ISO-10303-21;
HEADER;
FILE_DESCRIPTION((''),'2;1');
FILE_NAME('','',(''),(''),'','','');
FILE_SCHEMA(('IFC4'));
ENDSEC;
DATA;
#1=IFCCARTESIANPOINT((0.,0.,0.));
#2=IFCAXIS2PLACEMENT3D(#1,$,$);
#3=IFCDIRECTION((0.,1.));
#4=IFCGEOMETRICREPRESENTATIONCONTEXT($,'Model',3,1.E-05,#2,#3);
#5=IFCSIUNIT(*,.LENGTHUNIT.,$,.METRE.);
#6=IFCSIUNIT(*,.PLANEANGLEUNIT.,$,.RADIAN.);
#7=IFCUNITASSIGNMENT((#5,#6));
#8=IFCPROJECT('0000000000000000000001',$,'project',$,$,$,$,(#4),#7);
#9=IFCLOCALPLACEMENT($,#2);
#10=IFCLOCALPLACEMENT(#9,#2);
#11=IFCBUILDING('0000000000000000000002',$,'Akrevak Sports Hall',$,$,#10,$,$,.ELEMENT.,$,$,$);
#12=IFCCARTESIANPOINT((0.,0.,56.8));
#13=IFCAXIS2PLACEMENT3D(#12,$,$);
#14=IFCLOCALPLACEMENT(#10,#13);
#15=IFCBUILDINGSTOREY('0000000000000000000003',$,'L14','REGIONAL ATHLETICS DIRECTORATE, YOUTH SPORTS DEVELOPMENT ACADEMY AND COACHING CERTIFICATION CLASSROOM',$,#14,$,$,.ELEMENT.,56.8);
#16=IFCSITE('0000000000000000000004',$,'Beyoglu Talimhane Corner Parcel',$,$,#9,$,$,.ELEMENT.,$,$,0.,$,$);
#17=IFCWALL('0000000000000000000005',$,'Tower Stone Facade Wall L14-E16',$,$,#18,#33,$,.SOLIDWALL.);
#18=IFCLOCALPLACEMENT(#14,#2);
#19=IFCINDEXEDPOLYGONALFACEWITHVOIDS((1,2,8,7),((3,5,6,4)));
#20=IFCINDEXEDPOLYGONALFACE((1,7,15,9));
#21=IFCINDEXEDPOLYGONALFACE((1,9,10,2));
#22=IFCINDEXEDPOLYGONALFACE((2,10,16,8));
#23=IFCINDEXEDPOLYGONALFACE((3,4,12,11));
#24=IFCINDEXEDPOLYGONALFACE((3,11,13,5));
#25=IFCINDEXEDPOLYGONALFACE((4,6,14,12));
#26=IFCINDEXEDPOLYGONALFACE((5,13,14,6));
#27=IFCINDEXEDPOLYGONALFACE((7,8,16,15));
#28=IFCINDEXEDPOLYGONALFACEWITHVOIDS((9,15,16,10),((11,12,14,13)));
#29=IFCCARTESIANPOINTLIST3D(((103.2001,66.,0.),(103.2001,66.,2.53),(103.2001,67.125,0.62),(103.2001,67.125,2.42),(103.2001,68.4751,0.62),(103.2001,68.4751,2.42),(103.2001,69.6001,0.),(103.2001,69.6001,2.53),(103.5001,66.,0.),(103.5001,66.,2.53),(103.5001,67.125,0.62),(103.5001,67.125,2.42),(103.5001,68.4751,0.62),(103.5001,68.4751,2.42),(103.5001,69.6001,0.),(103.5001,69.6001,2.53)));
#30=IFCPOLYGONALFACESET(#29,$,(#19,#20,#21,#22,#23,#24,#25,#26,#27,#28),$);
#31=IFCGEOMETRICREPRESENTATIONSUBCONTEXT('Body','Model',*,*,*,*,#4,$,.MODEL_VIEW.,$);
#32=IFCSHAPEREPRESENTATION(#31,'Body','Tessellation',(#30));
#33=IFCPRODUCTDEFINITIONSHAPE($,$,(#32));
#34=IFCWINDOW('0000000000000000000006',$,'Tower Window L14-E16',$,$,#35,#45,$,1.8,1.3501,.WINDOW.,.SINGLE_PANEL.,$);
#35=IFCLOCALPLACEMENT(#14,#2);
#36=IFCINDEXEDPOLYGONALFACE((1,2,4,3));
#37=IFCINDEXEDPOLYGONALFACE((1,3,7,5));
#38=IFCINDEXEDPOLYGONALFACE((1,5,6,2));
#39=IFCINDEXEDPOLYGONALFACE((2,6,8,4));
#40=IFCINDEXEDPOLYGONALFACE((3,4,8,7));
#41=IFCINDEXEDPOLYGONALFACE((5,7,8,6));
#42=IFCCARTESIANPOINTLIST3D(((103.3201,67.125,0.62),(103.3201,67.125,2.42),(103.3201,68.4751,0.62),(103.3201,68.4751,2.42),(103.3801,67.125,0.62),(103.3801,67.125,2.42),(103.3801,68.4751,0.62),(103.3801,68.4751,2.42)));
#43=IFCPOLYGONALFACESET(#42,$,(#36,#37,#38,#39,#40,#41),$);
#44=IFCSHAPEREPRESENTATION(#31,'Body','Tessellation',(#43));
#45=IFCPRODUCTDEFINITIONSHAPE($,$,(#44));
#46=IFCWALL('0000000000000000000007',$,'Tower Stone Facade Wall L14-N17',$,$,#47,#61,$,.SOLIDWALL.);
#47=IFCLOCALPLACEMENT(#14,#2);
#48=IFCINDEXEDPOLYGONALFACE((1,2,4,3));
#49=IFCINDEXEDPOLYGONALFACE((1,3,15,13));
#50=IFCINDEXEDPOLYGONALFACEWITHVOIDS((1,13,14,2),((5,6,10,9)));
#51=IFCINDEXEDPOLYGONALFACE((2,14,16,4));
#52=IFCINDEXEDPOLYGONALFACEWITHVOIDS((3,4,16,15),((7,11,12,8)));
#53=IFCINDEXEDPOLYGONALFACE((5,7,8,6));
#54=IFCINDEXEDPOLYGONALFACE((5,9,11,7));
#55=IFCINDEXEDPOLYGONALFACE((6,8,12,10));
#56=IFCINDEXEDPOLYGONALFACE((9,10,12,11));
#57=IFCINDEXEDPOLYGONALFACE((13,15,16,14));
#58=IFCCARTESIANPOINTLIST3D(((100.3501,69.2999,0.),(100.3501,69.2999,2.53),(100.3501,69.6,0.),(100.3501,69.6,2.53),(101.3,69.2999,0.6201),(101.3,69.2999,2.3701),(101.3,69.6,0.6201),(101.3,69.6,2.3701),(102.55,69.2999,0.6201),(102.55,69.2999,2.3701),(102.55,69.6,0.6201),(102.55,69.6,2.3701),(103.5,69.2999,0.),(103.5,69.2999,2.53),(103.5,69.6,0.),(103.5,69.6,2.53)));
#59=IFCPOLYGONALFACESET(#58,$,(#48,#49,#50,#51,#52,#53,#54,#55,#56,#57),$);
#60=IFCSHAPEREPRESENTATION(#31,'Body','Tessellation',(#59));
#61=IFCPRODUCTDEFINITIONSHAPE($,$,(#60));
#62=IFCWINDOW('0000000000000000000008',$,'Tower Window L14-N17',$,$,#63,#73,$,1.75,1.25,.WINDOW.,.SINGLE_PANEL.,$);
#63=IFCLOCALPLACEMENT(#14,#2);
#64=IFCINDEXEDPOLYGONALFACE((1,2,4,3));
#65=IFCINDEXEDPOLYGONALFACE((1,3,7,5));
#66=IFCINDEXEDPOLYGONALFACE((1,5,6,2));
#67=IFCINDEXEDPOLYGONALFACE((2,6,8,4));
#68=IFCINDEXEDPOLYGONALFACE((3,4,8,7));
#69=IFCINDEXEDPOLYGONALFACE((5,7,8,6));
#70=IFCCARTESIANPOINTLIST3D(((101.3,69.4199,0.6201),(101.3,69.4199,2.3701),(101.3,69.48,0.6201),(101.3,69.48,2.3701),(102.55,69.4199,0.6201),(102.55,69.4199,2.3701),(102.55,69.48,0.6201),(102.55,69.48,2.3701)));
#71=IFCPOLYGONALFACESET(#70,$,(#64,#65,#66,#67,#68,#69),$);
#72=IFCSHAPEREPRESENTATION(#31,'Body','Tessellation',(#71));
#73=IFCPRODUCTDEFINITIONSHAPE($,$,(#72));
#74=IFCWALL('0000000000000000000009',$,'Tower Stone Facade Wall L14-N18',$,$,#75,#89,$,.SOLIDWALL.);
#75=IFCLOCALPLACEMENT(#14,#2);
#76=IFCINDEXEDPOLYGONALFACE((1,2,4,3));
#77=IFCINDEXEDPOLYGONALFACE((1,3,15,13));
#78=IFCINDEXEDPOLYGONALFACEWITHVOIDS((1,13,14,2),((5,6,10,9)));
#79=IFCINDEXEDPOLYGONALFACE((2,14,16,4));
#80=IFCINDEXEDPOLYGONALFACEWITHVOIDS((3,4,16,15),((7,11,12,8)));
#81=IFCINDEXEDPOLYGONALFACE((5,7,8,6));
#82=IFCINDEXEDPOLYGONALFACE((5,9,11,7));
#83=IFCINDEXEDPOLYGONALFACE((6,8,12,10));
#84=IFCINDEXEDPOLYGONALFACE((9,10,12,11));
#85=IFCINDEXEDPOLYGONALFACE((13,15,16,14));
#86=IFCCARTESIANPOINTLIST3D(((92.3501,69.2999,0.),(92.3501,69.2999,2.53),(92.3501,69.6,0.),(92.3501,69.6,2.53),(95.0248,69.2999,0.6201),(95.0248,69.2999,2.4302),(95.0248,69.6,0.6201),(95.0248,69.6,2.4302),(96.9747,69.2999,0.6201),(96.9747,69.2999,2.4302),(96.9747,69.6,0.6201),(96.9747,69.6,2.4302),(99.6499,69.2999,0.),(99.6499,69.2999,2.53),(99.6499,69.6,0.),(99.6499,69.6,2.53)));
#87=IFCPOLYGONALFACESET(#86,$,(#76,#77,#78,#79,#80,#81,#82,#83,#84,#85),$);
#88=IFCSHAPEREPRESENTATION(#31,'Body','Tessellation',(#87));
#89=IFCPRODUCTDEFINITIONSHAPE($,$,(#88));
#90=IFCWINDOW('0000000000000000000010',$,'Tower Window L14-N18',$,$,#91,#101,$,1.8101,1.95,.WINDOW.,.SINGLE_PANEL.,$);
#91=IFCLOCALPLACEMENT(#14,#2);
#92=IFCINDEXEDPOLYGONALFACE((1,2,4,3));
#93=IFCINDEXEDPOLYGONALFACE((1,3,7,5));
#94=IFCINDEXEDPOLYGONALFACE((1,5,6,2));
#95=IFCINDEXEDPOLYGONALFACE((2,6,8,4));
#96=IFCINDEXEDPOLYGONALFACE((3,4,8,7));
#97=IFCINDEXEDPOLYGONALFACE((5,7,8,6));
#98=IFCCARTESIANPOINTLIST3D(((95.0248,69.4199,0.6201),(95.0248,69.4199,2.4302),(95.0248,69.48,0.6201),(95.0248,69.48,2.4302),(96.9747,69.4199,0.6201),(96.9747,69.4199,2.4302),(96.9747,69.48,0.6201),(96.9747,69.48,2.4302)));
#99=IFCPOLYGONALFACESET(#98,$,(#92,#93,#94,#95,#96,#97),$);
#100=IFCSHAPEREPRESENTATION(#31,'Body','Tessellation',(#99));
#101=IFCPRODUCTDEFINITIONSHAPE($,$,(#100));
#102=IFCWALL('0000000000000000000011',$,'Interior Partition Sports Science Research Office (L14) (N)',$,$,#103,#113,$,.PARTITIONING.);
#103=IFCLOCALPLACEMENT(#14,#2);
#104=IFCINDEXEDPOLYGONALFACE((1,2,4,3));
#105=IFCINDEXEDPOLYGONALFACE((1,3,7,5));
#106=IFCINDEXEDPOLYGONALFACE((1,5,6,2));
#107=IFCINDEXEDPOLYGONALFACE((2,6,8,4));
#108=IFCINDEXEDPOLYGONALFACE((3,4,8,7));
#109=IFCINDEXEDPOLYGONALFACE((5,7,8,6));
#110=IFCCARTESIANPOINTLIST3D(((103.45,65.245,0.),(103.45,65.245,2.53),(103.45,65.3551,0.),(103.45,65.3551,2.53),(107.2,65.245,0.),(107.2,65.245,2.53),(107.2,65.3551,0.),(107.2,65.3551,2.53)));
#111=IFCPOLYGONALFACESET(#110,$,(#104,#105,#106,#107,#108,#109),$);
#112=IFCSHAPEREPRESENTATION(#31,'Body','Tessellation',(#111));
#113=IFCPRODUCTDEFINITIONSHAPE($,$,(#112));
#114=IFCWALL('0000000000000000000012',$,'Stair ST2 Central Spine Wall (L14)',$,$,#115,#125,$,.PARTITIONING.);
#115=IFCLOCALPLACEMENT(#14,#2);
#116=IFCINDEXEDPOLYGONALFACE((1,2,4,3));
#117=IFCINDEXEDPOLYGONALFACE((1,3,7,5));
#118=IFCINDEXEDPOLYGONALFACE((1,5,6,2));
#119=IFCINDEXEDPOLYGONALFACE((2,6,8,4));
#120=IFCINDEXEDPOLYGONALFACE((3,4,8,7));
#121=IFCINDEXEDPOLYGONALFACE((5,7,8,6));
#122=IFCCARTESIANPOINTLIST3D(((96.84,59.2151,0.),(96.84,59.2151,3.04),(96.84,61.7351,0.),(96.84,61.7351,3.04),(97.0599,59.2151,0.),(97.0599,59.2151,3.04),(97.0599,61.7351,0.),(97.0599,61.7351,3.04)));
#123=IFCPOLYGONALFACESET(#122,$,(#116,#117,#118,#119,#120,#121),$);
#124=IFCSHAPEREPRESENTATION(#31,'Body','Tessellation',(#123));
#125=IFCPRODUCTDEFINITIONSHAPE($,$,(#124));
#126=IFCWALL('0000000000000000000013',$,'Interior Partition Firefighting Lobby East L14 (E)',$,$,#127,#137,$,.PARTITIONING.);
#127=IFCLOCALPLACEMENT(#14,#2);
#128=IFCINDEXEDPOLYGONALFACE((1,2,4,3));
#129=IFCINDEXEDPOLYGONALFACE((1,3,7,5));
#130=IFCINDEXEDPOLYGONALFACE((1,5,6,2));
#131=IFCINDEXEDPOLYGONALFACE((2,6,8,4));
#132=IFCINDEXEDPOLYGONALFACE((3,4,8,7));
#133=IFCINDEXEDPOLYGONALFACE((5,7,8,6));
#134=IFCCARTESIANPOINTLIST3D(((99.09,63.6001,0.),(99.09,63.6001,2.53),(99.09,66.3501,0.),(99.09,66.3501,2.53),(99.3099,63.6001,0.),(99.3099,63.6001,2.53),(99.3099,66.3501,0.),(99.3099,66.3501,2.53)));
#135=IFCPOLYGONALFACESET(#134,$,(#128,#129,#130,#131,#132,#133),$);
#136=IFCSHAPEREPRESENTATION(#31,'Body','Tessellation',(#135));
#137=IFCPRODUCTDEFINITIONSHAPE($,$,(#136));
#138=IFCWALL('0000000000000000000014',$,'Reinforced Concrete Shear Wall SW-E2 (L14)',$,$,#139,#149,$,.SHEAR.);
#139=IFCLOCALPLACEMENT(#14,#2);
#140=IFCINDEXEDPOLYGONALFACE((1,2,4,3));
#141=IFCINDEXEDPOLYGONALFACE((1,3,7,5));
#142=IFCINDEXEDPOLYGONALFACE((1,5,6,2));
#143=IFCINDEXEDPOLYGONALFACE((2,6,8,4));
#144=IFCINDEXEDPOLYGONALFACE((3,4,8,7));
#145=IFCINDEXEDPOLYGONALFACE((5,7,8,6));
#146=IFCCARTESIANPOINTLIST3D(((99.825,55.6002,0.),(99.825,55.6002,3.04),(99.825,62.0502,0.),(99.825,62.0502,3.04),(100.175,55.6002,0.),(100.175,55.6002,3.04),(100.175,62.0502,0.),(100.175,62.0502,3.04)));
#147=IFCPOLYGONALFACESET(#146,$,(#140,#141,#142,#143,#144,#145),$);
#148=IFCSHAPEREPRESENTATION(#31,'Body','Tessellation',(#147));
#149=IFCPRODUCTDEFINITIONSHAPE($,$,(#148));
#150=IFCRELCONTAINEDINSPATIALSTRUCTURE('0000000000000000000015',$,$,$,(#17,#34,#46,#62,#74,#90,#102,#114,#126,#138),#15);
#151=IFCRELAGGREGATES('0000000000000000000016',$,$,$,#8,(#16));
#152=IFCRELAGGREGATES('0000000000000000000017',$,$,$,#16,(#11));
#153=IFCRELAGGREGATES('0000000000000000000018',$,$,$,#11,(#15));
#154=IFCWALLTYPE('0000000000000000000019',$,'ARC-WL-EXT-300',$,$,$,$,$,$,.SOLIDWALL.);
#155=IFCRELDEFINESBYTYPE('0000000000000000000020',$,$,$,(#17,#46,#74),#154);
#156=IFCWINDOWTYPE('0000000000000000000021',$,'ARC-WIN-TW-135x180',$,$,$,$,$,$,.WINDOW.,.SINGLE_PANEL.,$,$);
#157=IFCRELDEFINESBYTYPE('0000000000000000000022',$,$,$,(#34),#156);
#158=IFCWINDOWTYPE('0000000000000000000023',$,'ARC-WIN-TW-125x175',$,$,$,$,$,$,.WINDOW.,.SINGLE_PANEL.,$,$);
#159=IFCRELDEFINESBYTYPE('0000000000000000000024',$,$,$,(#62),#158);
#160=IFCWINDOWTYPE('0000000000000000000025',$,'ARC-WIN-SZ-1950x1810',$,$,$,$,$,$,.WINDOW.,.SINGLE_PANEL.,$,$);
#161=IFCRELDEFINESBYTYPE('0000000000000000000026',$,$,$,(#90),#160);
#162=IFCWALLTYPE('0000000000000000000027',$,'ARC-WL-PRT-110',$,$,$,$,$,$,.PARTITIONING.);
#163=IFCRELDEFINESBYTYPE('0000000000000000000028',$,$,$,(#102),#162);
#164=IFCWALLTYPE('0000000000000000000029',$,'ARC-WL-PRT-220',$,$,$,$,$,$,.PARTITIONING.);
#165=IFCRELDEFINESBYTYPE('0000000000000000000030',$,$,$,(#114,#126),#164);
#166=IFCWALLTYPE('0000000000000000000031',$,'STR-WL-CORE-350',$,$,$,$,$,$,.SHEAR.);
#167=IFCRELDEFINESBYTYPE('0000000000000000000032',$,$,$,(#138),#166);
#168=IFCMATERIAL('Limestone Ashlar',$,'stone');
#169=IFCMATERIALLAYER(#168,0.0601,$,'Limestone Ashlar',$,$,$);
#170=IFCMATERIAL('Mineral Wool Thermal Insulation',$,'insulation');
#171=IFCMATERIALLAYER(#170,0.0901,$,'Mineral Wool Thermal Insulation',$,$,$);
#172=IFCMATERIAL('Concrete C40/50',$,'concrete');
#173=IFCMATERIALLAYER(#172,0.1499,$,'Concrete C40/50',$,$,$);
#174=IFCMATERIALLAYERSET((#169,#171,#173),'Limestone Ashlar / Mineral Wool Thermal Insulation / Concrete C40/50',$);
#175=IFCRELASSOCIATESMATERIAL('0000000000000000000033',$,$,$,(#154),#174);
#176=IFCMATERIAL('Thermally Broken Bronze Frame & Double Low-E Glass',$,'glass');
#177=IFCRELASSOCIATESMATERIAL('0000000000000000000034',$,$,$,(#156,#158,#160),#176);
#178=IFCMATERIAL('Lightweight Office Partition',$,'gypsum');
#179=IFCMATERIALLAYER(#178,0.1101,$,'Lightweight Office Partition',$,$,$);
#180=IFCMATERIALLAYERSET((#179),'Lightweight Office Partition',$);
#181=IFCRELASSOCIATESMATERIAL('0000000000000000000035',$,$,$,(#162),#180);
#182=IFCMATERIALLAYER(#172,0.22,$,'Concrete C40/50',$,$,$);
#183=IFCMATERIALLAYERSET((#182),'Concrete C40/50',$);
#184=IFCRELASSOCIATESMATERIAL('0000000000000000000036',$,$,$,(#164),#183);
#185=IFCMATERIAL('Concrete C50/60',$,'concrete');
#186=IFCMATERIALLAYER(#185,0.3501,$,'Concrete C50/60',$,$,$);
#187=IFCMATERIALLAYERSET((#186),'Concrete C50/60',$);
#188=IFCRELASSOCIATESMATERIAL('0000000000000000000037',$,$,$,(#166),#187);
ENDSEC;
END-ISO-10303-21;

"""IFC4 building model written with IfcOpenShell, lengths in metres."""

from ifc_helpers import new_model, si_unit, direction, frame, frame_2d, origin, place, context, subcontext, project, spatial, rectangle, extrude, material, layer, layer_set, type_object, element, fill, save


model = new_model("IFC4")

# Units and contexts
model_context = context("Model", 3, precision=1e-05, world=origin(), true_north=direction((0.0, 1.0)))
body_context = subcontext(model_context, "Body", "Model", "MODEL_VIEW")
ifc_project = project(units=[si_unit("LENGTHUNIT", "METRE"), si_unit("PLANEANGLEUNIT", "RADIAN")], contexts=[model_context])

# Site, building, storey
site_placement = place(None, origin())
site = spatial("IfcSite", under=ifc_project, at=site_placement, Name="Beyoglu Talimhane Corner Parcel", CompositionType="ELEMENT", RefElevation=0.0)
building_placement = place(site_placement, origin())
building = spatial("IfcBuilding", under=site, at=building_placement, Name="Akrevak Sports Hall", CompositionType="ELEMENT")
storey_placement = place(building_placement, frame((0.0, 0.0, 56.8)))
storey = spatial("IfcBuildingStorey", under=building, at=storey_placement, Name="L14", Description="REGIONAL ATHLETICS DIRECTORATE, YOUTH SPORTS DEVELOPMENT ACADEMY AND COACHING CERTIFICATION CLASSROOM", CompositionType="ELEMENT", Elevation=56.8)

# Shared definitions
ifc_material_1 = material(Name="Concrete C40/50", Category="concrete")

# Walls, openings, windows
ifc_material_2 = material(Name="Limestone Ashlar", Category="stone")
ifc_layer_1 = layer(ifc_material_2, 0.0601, Name="Limestone Ashlar")
ifc_material_3 = material(Name="Mineral Wool Thermal Insulation", Category="insulation")
ifc_layer_2 = layer(ifc_material_3, 0.0901, Name="Mineral Wool Thermal Insulation")
ifc_layer_3 = layer(ifc_material_1, 0.1499, Name="Concrete C40/50")
ifc_layer_set_1 = layer_set([ifc_layer_1, ifc_layer_2, ifc_layer_3], Name="Limestone Ashlar / Mineral Wool Thermal Insulation / Concrete C40/50")
wall_type_1 = type_object("IfcWallType", Name="ARC-WL-EXT-300", PredefinedType="SOLIDWALL", material=ifc_layer_set_1)
ifc_material_4 = material(Name="Thermally Broken Bronze Frame & Double Low-E Glass", Category="glass")
wall_1_placement = place(storey_placement, frame((103.3501, 66.0, 0.0), z_axis=(0.0, 0.0, 1.0), x_axis=(0.0, 1.0, 0.0)))
wall_1 = element("IfcWall", 1, at=wall_1_placement, inside=storey, type_object=wall_type_1, Name="Tower Stone Facade Wall L14-E16", PredefinedType="SOLIDWALL", context=body_context, shape_type="SweptSolid", body=[
    extrude(rectangle(XDim=3.6001, YDim=0.3, at=frame_2d((1.8, 0.0))), origin(), (0.0, 0.0, 1.0), 2.53),
])
opening_1_placement = place(wall_1_placement, frame((1.125, 0.0, 0.6201)))
opening_1 = element("IfcOpeningElement", 2, at=opening_1_placement, cuts=wall_1, PredefinedType="OPENING", context=body_context, shape_type="SweptSolid", body=[
    extrude(rectangle(XDim=1.3501, YDim=1.8, at=frame_2d((0.675, 0.8999))), frame((0.0, 0.1621, 0.0), z_axis=(0.0, -1.0, 0.0), x_axis=(1.0, 0.0, 0.0)), (0.0, 0.0, 1.0), 0.324),
])
window_type_1 = type_object("IfcWindowType", Name="ARC-WIN-TW-135x180", PartitioningType="SINGLE_PANEL", PredefinedType="WINDOW", material=ifc_material_4)
window_1_placement = place(opening_1_placement, origin())
window_1 = element("IfcWindow", 3, at=window_1_placement, inside=storey, type_object=window_type_1, Name="Tower Window L14-E16", OverallHeight=1.8, OverallWidth=1.3501, PartitioningType="SINGLE_PANEL", PredefinedType="WINDOW", context=body_context, shape_type="SweptSolid", body=[
    extrude(rectangle(XDim=1.3501, YDim=1.8, at=frame_2d((0.675, 0.8999))), frame((0.0, 0.03, 0.0), z_axis=(0.0, -1.0, 0.0), x_axis=(1.0, 0.0, 0.0)), (0.0, 0.0, 1.0), 0.0601),
])
fill(opening_1, window_1)
wall_2_placement = place(storey_placement, frame((103.5, 69.45, 0.0), z_axis=(0.0, 0.0, 1.0), x_axis=(-1.0, 0.0, 0.0)))
wall_2 = element("IfcWall", 4, at=wall_2_placement, inside=storey, type_object=wall_type_1, Name="Tower Stone Facade Wall L14-N17", PredefinedType="SOLIDWALL", context=body_context, shape_type="SweptSolid", body=[
    extrude(rectangle(XDim=3.1499, YDim=0.3, at=frame_2d((1.575, 0.0))), origin(), (0.0, 0.0, 1.0), 2.53),
])
opening_2_placement = place(wall_2_placement, frame((0.95, 0.0, 0.6201)))
opening_2 = element("IfcOpeningElement", 5, at=opening_2_placement, cuts=wall_2, PredefinedType="OPENING", context=body_context, shape_type="SweptSolid", body=[
    extrude(rectangle(XDim=1.25, YDim=1.75, at=frame_2d((0.625, 0.875))), frame((0.0, 0.1621, 0.0), z_axis=(0.0, -1.0, 0.0), x_axis=(1.0, 0.0, 0.0)), (0.0, 0.0, 1.0), 0.324),
])
window_type_2 = type_object("IfcWindowType", Name="ARC-WIN-TW-125x175", PartitioningType="SINGLE_PANEL", PredefinedType="WINDOW", material=ifc_material_4)
window_2_placement = place(opening_2_placement, origin())
window_2 = element("IfcWindow", 6, at=window_2_placement, inside=storey, type_object=window_type_2, Name="Tower Window L14-N17", OverallHeight=1.75, OverallWidth=1.25, PartitioningType="SINGLE_PANEL", PredefinedType="WINDOW", context=body_context, shape_type="SweptSolid", body=[
    extrude(rectangle(XDim=1.25, YDim=1.75, at=frame_2d((0.625, 0.875))), frame((0.0, 0.03, 0.0), z_axis=(0.0, -1.0, 0.0), x_axis=(1.0, 0.0, 0.0)), (0.0, 0.0, 1.0), 0.0601),
])
fill(opening_2, window_2)
wall_3_placement = place(storey_placement, frame((99.6499, 69.45, 0.0), z_axis=(0.0, 0.0, 1.0), x_axis=(-1.0, 0.0, 0.0)))
wall_3 = element("IfcWall", 7, at=wall_3_placement, inside=storey, type_object=wall_type_1, Name="Tower Stone Facade Wall L14-N18", PredefinedType="SOLIDWALL", context=body_context, shape_type="SweptSolid", body=[
    extrude(rectangle(XDim=7.2998, YDim=0.3, at=frame_2d((3.6499, 0.0))), origin(), (0.0, 0.0, 1.0), 2.53),
])
opening_3_placement = place(wall_3_placement, frame((2.675, 0.0, 0.6201)))
opening_3 = element("IfcOpeningElement", 8, at=opening_3_placement, cuts=wall_3, PredefinedType="OPENING", context=body_context, shape_type="SweptSolid", body=[
    extrude(rectangle(XDim=1.95, YDim=1.8101, at=frame_2d((0.9751, 0.905))), frame((0.0, 0.1621, 0.0), z_axis=(0.0, -1.0, 0.0), x_axis=(1.0, 0.0, 0.0)), (0.0, 0.0, 1.0), 0.324),
])
window_type_3 = type_object("IfcWindowType", Name="ARC-WIN-SZ-1950x1810", PartitioningType="SINGLE_PANEL", PredefinedType="WINDOW", material=ifc_material_4)
window_3_placement = place(opening_3_placement, origin())
window_3 = element("IfcWindow", 9, at=window_3_placement, inside=storey, type_object=window_type_3, Name="Tower Window L14-N18", OverallHeight=1.8101, OverallWidth=1.95, PartitioningType="SINGLE_PANEL", PredefinedType="WINDOW", context=body_context, shape_type="SweptSolid", body=[
    extrude(rectangle(XDim=1.95, YDim=1.8101, at=frame_2d((0.9751, 0.905))), frame((0.0, 0.03, 0.0), z_axis=(0.0, -1.0, 0.0), x_axis=(1.0, 0.0, 0.0)), (0.0, 0.0, 1.0), 0.0601),
])
fill(opening_3, window_3)

# Walls
ifc_material_5 = material(Name="Lightweight Office Partition", Category="gypsum")
ifc_layer_4 = layer(ifc_material_5, 0.1101, Name="Lightweight Office Partition")
ifc_layer_set_2 = layer_set([ifc_layer_4], Name="Lightweight Office Partition")
wall_type_2 = type_object("IfcWallType", Name="ARC-WL-PRT-110", PredefinedType="PARTITIONING", material=ifc_layer_set_2)
wall_4_placement = place(storey_placement, frame((103.45, 65.3, 0.0), z_axis=(0.0, 0.0, 1.0), x_axis=(1.0, 0.0, 0.0)))
element("IfcWall", 10, at=wall_4_placement, inside=storey, type_object=wall_type_2, Name="Interior Partition Sports Science Research Office (L14) (N)", PredefinedType="PARTITIONING", context=body_context, shape_type="SweptSolid", body=[
    extrude(rectangle(XDim=3.75, YDim=0.1101, at=frame_2d((1.875, 0.0))), origin(), (0.0, 0.0, 1.0), 2.53),
])
ifc_layer_5 = layer(ifc_material_1, 0.22, Name="Concrete C40/50")
ifc_layer_set_3 = layer_set([ifc_layer_5], Name="Concrete C40/50")
wall_type_3 = type_object("IfcWallType", Name="ARC-WL-PRT-220", PredefinedType="PARTITIONING", material=ifc_layer_set_3)
wall_5_placement = place(storey_placement, frame((96.95, 59.2151, 0.0), z_axis=(0.0, 0.0, 1.0), x_axis=(0.0, 1.0, 0.0)))
element("IfcWall", 11, at=wall_5_placement, inside=storey, type_object=wall_type_3, Name="Stair ST2 Central Spine Wall (L14)", PredefinedType="PARTITIONING", context=body_context, shape_type="SweptSolid", body=[
    extrude(rectangle(XDim=2.52, YDim=0.22, at=frame_2d((1.26, 0.0))), origin(), (0.0, 0.0, 1.0), 3.04),
])
wall_6_placement = place(storey_placement, frame((99.2, 63.6001, 0.0), z_axis=(0.0, 0.0, 1.0), x_axis=(0.0, 1.0, 0.0)))
element("IfcWall", 12, at=wall_6_placement, inside=storey, type_object=wall_type_3, Name="Interior Partition Firefighting Lobby East L14 (E)", PredefinedType="PARTITIONING", context=body_context, shape_type="SweptSolid", body=[
    extrude(rectangle(XDim=2.75, YDim=0.22, at=frame_2d((1.375, 0.0))), origin(), (0.0, 0.0, 1.0), 2.53),
])
ifc_material_6 = material(Name="Concrete C50/60", Category="concrete")
ifc_layer_6 = layer(ifc_material_6, 0.3501, Name="Concrete C50/60")
ifc_layer_set_4 = layer_set([ifc_layer_6], Name="Concrete C50/60")
wall_type_4 = type_object("IfcWallType", Name="STR-WL-CORE-350", PredefinedType="SHEAR", material=ifc_layer_set_4)
wall_7_placement = place(storey_placement, frame((100.0, 55.6001, 0.0), z_axis=(0.0, 0.0, 1.0), x_axis=(0.0, 1.0, 0.0)))
element("IfcWall", 13, at=wall_7_placement, inside=storey, type_object=wall_type_4, Name="Reinforced Concrete Shear Wall SW-E2 (L14)", PredefinedType="SHEAR", context=body_context, shape_type="SweptSolid", body=[
    extrude(rectangle(XDim=6.45, YDim=0.3501, at=frame_2d((3.2251, 0.0))), origin(), (0.0, 0.0, 1.0), 3.04),
])

save(model, "model.ifc")
